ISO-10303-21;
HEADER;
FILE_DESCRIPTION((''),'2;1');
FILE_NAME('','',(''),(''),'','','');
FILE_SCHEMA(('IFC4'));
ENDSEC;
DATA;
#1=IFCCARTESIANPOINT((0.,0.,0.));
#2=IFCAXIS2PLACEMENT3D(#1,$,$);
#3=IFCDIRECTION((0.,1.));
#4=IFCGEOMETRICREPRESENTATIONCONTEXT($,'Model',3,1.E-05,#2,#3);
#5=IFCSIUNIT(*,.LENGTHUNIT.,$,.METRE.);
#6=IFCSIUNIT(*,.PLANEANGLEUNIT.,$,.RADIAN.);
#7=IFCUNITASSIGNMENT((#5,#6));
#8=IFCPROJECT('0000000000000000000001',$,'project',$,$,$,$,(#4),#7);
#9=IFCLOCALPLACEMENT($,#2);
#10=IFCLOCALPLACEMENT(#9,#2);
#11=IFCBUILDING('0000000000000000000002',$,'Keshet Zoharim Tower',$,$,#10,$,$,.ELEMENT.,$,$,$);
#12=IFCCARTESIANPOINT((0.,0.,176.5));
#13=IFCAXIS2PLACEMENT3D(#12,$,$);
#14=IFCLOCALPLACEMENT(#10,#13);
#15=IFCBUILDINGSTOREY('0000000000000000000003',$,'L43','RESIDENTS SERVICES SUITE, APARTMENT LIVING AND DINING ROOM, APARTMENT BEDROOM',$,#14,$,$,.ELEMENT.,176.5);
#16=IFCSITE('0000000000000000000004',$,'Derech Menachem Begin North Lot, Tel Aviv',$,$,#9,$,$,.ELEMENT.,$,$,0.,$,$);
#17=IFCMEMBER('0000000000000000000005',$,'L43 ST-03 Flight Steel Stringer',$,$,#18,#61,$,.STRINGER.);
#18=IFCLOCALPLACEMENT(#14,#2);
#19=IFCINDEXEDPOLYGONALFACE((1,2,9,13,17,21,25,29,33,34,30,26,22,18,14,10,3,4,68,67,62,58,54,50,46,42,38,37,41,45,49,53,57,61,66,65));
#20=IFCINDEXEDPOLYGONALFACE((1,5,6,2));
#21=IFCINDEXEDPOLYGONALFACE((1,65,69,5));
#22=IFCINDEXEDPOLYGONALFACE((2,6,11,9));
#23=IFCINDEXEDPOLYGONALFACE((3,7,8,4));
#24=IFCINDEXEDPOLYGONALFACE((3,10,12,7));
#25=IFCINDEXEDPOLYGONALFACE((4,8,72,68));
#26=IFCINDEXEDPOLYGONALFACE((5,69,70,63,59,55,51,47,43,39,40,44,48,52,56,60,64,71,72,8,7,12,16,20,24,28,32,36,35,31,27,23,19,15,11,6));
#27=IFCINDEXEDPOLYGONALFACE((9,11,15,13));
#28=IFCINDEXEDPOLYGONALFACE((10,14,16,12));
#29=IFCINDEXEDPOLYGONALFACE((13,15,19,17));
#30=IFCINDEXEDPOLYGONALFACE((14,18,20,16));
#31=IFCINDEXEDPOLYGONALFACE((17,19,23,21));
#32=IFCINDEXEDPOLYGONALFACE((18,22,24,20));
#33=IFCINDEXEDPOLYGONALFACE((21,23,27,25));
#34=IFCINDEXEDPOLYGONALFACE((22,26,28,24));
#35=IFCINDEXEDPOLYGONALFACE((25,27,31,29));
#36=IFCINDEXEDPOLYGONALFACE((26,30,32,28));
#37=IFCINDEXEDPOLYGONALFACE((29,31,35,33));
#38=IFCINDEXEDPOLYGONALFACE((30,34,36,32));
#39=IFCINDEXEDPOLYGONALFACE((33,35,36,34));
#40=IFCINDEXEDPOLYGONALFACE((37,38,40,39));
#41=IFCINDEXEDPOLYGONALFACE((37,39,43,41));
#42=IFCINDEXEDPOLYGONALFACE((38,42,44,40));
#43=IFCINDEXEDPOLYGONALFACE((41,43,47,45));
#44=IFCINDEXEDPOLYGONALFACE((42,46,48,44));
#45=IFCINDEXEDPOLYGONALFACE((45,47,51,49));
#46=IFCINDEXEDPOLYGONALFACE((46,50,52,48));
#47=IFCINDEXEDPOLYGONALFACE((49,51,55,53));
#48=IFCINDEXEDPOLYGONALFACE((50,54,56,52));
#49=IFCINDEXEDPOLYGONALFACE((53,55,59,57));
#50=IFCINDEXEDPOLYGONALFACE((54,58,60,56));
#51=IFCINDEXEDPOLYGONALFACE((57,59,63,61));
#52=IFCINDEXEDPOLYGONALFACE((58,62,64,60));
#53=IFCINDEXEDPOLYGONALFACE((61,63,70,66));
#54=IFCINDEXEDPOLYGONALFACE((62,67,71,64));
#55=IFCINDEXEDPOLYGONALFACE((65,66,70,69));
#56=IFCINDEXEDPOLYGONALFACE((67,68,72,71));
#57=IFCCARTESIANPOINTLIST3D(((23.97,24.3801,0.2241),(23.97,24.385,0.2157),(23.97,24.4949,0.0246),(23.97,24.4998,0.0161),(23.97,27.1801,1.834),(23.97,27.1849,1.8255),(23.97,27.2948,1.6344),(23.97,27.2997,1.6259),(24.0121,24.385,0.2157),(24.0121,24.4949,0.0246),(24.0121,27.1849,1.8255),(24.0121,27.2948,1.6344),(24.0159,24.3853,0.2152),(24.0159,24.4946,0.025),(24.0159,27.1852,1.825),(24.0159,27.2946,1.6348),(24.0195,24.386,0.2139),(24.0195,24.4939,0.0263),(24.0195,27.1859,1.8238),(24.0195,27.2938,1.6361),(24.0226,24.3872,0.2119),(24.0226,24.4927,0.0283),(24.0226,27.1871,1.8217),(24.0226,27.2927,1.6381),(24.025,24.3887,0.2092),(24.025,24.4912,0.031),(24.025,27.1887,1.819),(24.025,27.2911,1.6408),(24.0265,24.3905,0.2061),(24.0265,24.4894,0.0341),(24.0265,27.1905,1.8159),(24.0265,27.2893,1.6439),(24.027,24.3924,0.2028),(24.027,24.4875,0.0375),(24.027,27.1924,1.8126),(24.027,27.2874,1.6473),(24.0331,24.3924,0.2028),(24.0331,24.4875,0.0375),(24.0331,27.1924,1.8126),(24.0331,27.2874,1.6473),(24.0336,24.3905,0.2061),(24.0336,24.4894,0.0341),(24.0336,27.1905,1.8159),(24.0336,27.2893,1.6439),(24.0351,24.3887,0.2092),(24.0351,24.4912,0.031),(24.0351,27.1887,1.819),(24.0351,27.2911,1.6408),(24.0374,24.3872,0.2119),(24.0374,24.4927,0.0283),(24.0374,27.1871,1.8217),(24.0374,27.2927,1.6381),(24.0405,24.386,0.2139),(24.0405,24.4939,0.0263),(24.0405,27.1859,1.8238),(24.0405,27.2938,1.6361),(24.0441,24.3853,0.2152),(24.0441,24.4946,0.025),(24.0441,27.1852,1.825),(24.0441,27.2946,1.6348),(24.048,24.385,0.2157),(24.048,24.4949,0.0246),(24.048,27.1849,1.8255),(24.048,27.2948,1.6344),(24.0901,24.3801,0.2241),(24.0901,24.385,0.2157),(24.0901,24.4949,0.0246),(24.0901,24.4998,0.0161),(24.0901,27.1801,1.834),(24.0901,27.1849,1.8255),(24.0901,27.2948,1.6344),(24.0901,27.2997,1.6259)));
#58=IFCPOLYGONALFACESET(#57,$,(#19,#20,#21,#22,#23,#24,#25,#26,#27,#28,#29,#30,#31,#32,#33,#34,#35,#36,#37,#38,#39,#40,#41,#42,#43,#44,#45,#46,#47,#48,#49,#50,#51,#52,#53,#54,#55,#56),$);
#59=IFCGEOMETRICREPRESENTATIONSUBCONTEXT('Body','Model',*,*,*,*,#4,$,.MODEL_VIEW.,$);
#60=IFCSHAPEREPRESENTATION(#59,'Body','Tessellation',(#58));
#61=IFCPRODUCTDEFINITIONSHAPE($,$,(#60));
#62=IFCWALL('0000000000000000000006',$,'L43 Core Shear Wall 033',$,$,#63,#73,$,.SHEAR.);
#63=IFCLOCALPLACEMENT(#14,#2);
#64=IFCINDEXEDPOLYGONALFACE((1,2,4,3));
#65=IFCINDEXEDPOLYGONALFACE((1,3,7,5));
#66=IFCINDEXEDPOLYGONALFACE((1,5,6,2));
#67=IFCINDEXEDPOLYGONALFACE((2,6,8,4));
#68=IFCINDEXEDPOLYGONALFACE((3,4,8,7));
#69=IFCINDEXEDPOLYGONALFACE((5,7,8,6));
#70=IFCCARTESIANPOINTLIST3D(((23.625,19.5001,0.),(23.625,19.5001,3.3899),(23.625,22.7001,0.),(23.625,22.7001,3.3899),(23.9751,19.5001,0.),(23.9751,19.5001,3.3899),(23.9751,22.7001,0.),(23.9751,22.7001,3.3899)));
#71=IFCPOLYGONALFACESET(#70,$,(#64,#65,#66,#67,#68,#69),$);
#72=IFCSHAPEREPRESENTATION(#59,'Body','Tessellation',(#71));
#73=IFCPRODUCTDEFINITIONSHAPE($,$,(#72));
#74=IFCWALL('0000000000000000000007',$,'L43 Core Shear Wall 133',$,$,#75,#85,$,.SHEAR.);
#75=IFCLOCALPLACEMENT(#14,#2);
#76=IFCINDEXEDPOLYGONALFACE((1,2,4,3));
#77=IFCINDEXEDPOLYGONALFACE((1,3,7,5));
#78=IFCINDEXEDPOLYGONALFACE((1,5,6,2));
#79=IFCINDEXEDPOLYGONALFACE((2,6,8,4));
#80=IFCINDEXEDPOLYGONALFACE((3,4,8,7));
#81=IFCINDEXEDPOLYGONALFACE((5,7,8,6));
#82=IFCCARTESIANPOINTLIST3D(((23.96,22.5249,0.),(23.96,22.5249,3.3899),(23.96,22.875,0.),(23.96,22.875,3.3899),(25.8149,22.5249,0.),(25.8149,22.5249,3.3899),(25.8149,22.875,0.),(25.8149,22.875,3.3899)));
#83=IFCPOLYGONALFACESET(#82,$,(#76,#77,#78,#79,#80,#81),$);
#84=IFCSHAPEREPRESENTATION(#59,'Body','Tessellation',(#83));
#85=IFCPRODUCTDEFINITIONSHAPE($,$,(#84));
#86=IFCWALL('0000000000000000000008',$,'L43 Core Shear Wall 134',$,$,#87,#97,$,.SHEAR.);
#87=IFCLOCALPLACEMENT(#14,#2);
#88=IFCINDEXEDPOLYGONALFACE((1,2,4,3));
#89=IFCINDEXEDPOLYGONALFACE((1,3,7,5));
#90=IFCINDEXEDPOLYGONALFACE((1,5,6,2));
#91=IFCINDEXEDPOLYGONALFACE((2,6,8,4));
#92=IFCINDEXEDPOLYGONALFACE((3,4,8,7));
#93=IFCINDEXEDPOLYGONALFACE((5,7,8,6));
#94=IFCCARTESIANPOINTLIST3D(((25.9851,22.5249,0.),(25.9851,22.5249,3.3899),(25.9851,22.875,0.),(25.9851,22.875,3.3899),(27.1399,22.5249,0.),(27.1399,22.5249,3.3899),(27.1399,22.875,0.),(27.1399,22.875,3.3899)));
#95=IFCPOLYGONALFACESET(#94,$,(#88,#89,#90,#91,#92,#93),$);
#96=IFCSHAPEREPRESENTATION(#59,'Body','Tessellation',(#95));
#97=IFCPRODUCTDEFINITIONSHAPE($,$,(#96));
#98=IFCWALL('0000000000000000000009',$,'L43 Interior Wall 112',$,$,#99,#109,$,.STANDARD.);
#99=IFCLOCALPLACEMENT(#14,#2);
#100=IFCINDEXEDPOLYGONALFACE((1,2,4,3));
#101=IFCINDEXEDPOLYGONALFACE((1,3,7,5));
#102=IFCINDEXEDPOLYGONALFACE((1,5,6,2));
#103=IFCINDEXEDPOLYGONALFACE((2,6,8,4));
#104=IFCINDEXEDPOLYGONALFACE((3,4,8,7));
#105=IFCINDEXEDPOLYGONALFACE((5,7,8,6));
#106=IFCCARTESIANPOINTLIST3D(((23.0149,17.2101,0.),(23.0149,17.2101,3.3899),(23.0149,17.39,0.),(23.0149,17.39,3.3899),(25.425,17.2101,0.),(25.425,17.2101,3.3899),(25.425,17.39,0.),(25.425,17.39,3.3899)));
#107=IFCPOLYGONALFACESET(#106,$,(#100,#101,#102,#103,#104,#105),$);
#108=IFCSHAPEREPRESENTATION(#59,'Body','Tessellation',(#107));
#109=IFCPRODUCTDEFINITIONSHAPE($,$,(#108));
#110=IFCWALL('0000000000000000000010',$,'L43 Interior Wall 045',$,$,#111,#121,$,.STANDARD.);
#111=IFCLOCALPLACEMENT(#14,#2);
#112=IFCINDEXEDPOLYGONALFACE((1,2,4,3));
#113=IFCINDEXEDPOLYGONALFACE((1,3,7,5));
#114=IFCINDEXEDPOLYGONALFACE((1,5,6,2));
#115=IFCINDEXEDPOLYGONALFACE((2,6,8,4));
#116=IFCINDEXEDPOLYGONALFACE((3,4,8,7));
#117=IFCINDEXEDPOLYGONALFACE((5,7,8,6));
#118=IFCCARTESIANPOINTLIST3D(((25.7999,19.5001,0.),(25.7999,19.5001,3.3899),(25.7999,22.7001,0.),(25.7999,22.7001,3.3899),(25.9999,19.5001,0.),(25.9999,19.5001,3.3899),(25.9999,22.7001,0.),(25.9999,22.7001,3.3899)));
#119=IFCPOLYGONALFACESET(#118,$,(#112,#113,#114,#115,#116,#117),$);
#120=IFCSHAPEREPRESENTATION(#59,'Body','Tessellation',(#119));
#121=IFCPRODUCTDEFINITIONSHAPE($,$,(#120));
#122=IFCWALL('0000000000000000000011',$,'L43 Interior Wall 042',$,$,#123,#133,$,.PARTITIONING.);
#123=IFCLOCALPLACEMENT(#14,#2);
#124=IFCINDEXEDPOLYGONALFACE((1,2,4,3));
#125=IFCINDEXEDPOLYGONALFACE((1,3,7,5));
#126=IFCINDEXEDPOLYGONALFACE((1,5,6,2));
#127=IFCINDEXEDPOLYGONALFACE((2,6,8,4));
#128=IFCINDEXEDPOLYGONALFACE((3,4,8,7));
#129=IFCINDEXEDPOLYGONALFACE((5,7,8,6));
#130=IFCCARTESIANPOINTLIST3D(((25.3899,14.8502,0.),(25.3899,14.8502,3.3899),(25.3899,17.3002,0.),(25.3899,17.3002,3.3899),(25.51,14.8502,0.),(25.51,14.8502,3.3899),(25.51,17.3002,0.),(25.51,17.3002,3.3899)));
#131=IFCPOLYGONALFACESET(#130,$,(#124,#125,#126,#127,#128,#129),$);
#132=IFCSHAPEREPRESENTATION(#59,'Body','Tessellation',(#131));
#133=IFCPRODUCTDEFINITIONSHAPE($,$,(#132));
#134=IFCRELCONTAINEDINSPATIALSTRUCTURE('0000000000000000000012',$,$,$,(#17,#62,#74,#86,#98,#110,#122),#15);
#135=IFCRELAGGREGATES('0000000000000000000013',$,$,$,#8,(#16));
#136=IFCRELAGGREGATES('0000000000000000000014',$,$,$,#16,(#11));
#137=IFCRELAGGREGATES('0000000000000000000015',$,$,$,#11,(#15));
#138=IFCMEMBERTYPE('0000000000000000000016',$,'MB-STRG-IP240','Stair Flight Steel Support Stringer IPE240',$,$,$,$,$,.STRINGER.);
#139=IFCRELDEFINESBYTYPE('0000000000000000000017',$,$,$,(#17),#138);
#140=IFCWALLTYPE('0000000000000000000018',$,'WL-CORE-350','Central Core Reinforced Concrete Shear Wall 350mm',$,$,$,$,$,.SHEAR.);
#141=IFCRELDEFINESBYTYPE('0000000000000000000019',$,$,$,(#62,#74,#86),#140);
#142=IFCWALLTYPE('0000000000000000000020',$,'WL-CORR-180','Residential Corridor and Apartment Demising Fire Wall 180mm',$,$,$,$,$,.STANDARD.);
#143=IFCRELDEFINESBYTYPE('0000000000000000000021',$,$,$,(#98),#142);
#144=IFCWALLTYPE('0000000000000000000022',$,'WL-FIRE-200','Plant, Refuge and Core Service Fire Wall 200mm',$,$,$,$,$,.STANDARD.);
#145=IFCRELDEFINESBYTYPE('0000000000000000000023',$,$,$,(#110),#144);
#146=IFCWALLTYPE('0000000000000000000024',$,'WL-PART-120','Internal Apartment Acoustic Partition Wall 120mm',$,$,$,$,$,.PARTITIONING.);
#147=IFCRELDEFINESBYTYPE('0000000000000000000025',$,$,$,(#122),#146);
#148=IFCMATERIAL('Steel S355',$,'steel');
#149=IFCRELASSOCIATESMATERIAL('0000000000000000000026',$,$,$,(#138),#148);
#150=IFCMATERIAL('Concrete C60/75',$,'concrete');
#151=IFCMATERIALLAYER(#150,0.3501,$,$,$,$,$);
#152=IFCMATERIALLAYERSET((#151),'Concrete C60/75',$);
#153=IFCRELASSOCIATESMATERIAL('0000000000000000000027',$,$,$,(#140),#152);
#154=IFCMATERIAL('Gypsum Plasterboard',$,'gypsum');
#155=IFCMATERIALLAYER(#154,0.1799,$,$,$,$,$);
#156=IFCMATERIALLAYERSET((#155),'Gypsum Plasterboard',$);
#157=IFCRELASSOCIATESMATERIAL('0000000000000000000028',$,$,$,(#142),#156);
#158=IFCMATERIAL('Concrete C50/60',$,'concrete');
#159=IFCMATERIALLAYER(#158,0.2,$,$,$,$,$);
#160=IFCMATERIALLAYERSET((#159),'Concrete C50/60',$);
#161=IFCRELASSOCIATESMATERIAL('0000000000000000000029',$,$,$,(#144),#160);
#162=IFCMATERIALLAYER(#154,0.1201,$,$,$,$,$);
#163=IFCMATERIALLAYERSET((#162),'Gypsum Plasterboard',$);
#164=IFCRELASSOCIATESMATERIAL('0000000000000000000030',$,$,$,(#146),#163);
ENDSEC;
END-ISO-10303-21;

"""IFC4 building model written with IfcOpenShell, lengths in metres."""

from ifc_helpers import new_model, si_unit, direction, frame, frame_2d, origin, origin_2d, place, context, subcontext, project, spatial, rectangle, i_section, extrude, material, layer, layer_set, material_profile, profile_set, type_object, element, save


model = new_model("IFC4")

# Units and contexts
model_context = context("Model", 3, precision=1e-05, world=origin(), true_north=direction((0.0, 1.0)))
body_context = subcontext(model_context, "Body", "Model", "MODEL_VIEW")
ifc_project = project(units=[si_unit("LENGTHUNIT", "METRE"), si_unit("PLANEANGLEUNIT", "RADIAN")], contexts=[model_context])

# Site, building, storey
site_placement = place(None, origin())
site = spatial("IfcSite", under=ifc_project, at=site_placement, Name="Derech Menachem Begin North Lot, Tel Aviv", CompositionType="ELEMENT", RefElevation=0.0)
building_placement = place(site_placement, origin())
building = spatial("IfcBuilding", under=site, at=building_placement, Name="Keshet Zoharim Tower", CompositionType="ELEMENT")
storey_placement = place(building_placement, frame((0.0, 0.0, 176.5)))
storey = spatial("IfcBuildingStorey", under=building, at=storey_placement, Name="L43", Description="RESIDENTS SERVICES SUITE, APARTMENT LIVING AND DINING ROOM, APARTMENT BEDROOM", CompositionType="ELEMENT", Elevation=176.5)

# Member
ifc_material_1 = material(Name="Steel S355", Category="steel")
ifc_material_profile = material_profile(ifc_material_1, i_section(OverallWidth=0.1201, OverallDepth=0.24, WebThickness=0.0061, FlangeThickness=0.0098, FilletRadius=0.0149, at=origin_2d()), Name="IPE240")
ifc_profile_set = profile_set([ifc_material_profile], Name="Steel S355")
member_type = type_object("IfcMemberType", Name="MB-STRG-IP240", Description="Stair Flight Steel Support Stringer IPE240", PredefinedType="STRINGER", material=ifc_profile_set)
member_placement = place(storey_placement, frame((24.03, 24.4399, 0.1201), z_axis=(0.0, 0.866928, 0.498433), x_axis=(-1.0, 0.0, 0.0)))
element("IfcMember", 1, at=member_placement, inside=storey, type_object=member_type, Name="L43 ST-03 Flight Steel Stringer", PredefinedType="STRINGER", context=body_context, shape_type="SweptSolid", body=[
    extrude(i_section(OverallWidth=0.1201, OverallDepth=0.24, WebThickness=0.0061, FlangeThickness=0.0098, FilletRadius=0.0149, at=origin_2d()), origin(), (0.0, 0.0, 1.0), 3.2297),
])

# Wall
ifc_material_2 = material(Name="Concrete C60/75", Category="concrete")
ifc_layer_1 = layer(ifc_material_2, 0.3501)
ifc_layer_set_1 = layer_set([ifc_layer_1], Name="Concrete C60/75")
wall_type_1 = type_object("IfcWallType", Name="WL-CORE-350", Description="Central Core Reinforced Concrete Shear Wall 350mm", PredefinedType="SHEAR", material=ifc_layer_set_1)
wall_1_placement = place(storey_placement, frame((23.8, 19.5, 0.0), z_axis=(0.0, 0.0, 1.0), x_axis=(0.0, 1.0, 0.0)))
element("IfcWall", 2, at=wall_1_placement, inside=storey, type_object=wall_type_1, Name="L43 Core Shear Wall 033", PredefinedType="SHEAR", context=body_context, shape_type="SweptSolid", body=[
    extrude(rectangle(XDim=3.2, YDim=0.3501, at=frame_2d((1.6001, 0.0))), origin(), (0.0, 0.0, 1.0), 3.3899),
])

# Walls
wall_2_placement = place(storey_placement, frame((23.96, 22.7, 0.0), z_axis=(0.0, 0.0, 1.0), x_axis=(1.0, 0.0, 0.0)))
element("IfcWall", 3, at=wall_2_placement, inside=storey, type_object=wall_type_1, Name="L43 Core Shear Wall 133", PredefinedType="SHEAR", context=body_context, shape_type="SweptSolid", body=[
    extrude(rectangle(XDim=1.855, YDim=0.3501, at=frame_2d((0.9275, 0.0))), origin(), (0.0, 0.0, 1.0), 3.3899),
])
wall_3_placement = place(storey_placement, frame((25.9851, 22.7, 0.0), z_axis=(0.0, 0.0, 1.0), x_axis=(1.0, 0.0, 0.0)))
element("IfcWall", 4, at=wall_3_placement, inside=storey, type_object=wall_type_1, Name="L43 Core Shear Wall 134", PredefinedType="SHEAR", context=body_context, shape_type="SweptSolid", body=[
    extrude(rectangle(XDim=1.1548, YDim=0.3501, at=frame_2d((0.5774, 0.0))), origin(), (0.0, 0.0, 1.0), 3.3899),
])
ifc_material_3 = material(Name="Gypsum Plasterboard", Category="gypsum")
ifc_layer_2 = layer(ifc_material_3, 0.1799)
ifc_layer_set_2 = layer_set([ifc_layer_2], Name="Gypsum Plasterboard")
wall_type_2 = type_object("IfcWallType", Name="WL-CORR-180", Description="Residential Corridor and Apartment Demising Fire Wall 180mm", PredefinedType="STANDARD", material=ifc_layer_set_2)
wall_4_placement = place(storey_placement, frame((23.0149, 17.3, 0.0), z_axis=(0.0, 0.0, 1.0), x_axis=(1.0, 0.0, 0.0)))
element("IfcWall", 5, at=wall_4_placement, inside=storey, type_object=wall_type_2, Name="L43 Interior Wall 112", PredefinedType="STANDARD", context=body_context, shape_type="SweptSolid", body=[
    extrude(rectangle(XDim=2.4102, YDim=0.1799, at=frame_2d((1.2051, 0.0))), origin(), (0.0, 0.0, 1.0), 3.3899),
])

# Wall
ifc_material_4 = material(Name="Concrete C50/60", Category="concrete")
ifc_layer_3 = layer(ifc_material_4, 0.2)
ifc_layer_set_3 = layer_set([ifc_layer_3], Name="Concrete C50/60")
wall_type_3 = type_object("IfcWallType", Name="WL-FIRE-200", Description="Plant, Refuge and Core Service Fire Wall 200mm", PredefinedType="STANDARD", material=ifc_layer_set_3)
wall_5_placement = place(storey_placement, frame((25.8999, 19.5, 0.0), z_axis=(0.0, 0.0, 1.0), x_axis=(0.0, 1.0, 0.0)))
element("IfcWall", 6, at=wall_5_placement, inside=storey, type_object=wall_type_3, Name="L43 Interior Wall 045", PredefinedType="STANDARD", context=body_context, shape_type="SweptSolid", body=[
    extrude(rectangle(XDim=3.2, YDim=0.2, at=frame_2d((1.6001, 0.0))), origin(), (0.0, 0.0, 1.0), 3.3899),
])

# Wall
ifc_layer_4 = layer(ifc_material_3, 0.1201)
ifc_layer_set_4 = layer_set([ifc_layer_4], Name="Gypsum Plasterboard")
wall_type_4 = type_object("IfcWallType", Name="WL-PART-120", Description="Internal Apartment Acoustic Partition Wall 120mm", PredefinedType="PARTITIONING", material=ifc_layer_set_4)
wall_6_placement = place(storey_placement, frame((25.45, 14.8501, 0.0), z_axis=(0.0, 0.0, 1.0), x_axis=(0.0, 1.0, 0.0)))
element("IfcWall", 7, at=wall_6_placement, inside=storey, type_object=wall_type_4, Name="L43 Interior Wall 042", PredefinedType="PARTITIONING", context=body_context, shape_type="SweptSolid", body=[
    extrude(rectangle(XDim=2.45, YDim=0.1201, at=frame_2d((1.2251, 0.0))), origin(), (0.0, 0.0, 1.0), 3.3899),
])

save(model, "model.ifc")
